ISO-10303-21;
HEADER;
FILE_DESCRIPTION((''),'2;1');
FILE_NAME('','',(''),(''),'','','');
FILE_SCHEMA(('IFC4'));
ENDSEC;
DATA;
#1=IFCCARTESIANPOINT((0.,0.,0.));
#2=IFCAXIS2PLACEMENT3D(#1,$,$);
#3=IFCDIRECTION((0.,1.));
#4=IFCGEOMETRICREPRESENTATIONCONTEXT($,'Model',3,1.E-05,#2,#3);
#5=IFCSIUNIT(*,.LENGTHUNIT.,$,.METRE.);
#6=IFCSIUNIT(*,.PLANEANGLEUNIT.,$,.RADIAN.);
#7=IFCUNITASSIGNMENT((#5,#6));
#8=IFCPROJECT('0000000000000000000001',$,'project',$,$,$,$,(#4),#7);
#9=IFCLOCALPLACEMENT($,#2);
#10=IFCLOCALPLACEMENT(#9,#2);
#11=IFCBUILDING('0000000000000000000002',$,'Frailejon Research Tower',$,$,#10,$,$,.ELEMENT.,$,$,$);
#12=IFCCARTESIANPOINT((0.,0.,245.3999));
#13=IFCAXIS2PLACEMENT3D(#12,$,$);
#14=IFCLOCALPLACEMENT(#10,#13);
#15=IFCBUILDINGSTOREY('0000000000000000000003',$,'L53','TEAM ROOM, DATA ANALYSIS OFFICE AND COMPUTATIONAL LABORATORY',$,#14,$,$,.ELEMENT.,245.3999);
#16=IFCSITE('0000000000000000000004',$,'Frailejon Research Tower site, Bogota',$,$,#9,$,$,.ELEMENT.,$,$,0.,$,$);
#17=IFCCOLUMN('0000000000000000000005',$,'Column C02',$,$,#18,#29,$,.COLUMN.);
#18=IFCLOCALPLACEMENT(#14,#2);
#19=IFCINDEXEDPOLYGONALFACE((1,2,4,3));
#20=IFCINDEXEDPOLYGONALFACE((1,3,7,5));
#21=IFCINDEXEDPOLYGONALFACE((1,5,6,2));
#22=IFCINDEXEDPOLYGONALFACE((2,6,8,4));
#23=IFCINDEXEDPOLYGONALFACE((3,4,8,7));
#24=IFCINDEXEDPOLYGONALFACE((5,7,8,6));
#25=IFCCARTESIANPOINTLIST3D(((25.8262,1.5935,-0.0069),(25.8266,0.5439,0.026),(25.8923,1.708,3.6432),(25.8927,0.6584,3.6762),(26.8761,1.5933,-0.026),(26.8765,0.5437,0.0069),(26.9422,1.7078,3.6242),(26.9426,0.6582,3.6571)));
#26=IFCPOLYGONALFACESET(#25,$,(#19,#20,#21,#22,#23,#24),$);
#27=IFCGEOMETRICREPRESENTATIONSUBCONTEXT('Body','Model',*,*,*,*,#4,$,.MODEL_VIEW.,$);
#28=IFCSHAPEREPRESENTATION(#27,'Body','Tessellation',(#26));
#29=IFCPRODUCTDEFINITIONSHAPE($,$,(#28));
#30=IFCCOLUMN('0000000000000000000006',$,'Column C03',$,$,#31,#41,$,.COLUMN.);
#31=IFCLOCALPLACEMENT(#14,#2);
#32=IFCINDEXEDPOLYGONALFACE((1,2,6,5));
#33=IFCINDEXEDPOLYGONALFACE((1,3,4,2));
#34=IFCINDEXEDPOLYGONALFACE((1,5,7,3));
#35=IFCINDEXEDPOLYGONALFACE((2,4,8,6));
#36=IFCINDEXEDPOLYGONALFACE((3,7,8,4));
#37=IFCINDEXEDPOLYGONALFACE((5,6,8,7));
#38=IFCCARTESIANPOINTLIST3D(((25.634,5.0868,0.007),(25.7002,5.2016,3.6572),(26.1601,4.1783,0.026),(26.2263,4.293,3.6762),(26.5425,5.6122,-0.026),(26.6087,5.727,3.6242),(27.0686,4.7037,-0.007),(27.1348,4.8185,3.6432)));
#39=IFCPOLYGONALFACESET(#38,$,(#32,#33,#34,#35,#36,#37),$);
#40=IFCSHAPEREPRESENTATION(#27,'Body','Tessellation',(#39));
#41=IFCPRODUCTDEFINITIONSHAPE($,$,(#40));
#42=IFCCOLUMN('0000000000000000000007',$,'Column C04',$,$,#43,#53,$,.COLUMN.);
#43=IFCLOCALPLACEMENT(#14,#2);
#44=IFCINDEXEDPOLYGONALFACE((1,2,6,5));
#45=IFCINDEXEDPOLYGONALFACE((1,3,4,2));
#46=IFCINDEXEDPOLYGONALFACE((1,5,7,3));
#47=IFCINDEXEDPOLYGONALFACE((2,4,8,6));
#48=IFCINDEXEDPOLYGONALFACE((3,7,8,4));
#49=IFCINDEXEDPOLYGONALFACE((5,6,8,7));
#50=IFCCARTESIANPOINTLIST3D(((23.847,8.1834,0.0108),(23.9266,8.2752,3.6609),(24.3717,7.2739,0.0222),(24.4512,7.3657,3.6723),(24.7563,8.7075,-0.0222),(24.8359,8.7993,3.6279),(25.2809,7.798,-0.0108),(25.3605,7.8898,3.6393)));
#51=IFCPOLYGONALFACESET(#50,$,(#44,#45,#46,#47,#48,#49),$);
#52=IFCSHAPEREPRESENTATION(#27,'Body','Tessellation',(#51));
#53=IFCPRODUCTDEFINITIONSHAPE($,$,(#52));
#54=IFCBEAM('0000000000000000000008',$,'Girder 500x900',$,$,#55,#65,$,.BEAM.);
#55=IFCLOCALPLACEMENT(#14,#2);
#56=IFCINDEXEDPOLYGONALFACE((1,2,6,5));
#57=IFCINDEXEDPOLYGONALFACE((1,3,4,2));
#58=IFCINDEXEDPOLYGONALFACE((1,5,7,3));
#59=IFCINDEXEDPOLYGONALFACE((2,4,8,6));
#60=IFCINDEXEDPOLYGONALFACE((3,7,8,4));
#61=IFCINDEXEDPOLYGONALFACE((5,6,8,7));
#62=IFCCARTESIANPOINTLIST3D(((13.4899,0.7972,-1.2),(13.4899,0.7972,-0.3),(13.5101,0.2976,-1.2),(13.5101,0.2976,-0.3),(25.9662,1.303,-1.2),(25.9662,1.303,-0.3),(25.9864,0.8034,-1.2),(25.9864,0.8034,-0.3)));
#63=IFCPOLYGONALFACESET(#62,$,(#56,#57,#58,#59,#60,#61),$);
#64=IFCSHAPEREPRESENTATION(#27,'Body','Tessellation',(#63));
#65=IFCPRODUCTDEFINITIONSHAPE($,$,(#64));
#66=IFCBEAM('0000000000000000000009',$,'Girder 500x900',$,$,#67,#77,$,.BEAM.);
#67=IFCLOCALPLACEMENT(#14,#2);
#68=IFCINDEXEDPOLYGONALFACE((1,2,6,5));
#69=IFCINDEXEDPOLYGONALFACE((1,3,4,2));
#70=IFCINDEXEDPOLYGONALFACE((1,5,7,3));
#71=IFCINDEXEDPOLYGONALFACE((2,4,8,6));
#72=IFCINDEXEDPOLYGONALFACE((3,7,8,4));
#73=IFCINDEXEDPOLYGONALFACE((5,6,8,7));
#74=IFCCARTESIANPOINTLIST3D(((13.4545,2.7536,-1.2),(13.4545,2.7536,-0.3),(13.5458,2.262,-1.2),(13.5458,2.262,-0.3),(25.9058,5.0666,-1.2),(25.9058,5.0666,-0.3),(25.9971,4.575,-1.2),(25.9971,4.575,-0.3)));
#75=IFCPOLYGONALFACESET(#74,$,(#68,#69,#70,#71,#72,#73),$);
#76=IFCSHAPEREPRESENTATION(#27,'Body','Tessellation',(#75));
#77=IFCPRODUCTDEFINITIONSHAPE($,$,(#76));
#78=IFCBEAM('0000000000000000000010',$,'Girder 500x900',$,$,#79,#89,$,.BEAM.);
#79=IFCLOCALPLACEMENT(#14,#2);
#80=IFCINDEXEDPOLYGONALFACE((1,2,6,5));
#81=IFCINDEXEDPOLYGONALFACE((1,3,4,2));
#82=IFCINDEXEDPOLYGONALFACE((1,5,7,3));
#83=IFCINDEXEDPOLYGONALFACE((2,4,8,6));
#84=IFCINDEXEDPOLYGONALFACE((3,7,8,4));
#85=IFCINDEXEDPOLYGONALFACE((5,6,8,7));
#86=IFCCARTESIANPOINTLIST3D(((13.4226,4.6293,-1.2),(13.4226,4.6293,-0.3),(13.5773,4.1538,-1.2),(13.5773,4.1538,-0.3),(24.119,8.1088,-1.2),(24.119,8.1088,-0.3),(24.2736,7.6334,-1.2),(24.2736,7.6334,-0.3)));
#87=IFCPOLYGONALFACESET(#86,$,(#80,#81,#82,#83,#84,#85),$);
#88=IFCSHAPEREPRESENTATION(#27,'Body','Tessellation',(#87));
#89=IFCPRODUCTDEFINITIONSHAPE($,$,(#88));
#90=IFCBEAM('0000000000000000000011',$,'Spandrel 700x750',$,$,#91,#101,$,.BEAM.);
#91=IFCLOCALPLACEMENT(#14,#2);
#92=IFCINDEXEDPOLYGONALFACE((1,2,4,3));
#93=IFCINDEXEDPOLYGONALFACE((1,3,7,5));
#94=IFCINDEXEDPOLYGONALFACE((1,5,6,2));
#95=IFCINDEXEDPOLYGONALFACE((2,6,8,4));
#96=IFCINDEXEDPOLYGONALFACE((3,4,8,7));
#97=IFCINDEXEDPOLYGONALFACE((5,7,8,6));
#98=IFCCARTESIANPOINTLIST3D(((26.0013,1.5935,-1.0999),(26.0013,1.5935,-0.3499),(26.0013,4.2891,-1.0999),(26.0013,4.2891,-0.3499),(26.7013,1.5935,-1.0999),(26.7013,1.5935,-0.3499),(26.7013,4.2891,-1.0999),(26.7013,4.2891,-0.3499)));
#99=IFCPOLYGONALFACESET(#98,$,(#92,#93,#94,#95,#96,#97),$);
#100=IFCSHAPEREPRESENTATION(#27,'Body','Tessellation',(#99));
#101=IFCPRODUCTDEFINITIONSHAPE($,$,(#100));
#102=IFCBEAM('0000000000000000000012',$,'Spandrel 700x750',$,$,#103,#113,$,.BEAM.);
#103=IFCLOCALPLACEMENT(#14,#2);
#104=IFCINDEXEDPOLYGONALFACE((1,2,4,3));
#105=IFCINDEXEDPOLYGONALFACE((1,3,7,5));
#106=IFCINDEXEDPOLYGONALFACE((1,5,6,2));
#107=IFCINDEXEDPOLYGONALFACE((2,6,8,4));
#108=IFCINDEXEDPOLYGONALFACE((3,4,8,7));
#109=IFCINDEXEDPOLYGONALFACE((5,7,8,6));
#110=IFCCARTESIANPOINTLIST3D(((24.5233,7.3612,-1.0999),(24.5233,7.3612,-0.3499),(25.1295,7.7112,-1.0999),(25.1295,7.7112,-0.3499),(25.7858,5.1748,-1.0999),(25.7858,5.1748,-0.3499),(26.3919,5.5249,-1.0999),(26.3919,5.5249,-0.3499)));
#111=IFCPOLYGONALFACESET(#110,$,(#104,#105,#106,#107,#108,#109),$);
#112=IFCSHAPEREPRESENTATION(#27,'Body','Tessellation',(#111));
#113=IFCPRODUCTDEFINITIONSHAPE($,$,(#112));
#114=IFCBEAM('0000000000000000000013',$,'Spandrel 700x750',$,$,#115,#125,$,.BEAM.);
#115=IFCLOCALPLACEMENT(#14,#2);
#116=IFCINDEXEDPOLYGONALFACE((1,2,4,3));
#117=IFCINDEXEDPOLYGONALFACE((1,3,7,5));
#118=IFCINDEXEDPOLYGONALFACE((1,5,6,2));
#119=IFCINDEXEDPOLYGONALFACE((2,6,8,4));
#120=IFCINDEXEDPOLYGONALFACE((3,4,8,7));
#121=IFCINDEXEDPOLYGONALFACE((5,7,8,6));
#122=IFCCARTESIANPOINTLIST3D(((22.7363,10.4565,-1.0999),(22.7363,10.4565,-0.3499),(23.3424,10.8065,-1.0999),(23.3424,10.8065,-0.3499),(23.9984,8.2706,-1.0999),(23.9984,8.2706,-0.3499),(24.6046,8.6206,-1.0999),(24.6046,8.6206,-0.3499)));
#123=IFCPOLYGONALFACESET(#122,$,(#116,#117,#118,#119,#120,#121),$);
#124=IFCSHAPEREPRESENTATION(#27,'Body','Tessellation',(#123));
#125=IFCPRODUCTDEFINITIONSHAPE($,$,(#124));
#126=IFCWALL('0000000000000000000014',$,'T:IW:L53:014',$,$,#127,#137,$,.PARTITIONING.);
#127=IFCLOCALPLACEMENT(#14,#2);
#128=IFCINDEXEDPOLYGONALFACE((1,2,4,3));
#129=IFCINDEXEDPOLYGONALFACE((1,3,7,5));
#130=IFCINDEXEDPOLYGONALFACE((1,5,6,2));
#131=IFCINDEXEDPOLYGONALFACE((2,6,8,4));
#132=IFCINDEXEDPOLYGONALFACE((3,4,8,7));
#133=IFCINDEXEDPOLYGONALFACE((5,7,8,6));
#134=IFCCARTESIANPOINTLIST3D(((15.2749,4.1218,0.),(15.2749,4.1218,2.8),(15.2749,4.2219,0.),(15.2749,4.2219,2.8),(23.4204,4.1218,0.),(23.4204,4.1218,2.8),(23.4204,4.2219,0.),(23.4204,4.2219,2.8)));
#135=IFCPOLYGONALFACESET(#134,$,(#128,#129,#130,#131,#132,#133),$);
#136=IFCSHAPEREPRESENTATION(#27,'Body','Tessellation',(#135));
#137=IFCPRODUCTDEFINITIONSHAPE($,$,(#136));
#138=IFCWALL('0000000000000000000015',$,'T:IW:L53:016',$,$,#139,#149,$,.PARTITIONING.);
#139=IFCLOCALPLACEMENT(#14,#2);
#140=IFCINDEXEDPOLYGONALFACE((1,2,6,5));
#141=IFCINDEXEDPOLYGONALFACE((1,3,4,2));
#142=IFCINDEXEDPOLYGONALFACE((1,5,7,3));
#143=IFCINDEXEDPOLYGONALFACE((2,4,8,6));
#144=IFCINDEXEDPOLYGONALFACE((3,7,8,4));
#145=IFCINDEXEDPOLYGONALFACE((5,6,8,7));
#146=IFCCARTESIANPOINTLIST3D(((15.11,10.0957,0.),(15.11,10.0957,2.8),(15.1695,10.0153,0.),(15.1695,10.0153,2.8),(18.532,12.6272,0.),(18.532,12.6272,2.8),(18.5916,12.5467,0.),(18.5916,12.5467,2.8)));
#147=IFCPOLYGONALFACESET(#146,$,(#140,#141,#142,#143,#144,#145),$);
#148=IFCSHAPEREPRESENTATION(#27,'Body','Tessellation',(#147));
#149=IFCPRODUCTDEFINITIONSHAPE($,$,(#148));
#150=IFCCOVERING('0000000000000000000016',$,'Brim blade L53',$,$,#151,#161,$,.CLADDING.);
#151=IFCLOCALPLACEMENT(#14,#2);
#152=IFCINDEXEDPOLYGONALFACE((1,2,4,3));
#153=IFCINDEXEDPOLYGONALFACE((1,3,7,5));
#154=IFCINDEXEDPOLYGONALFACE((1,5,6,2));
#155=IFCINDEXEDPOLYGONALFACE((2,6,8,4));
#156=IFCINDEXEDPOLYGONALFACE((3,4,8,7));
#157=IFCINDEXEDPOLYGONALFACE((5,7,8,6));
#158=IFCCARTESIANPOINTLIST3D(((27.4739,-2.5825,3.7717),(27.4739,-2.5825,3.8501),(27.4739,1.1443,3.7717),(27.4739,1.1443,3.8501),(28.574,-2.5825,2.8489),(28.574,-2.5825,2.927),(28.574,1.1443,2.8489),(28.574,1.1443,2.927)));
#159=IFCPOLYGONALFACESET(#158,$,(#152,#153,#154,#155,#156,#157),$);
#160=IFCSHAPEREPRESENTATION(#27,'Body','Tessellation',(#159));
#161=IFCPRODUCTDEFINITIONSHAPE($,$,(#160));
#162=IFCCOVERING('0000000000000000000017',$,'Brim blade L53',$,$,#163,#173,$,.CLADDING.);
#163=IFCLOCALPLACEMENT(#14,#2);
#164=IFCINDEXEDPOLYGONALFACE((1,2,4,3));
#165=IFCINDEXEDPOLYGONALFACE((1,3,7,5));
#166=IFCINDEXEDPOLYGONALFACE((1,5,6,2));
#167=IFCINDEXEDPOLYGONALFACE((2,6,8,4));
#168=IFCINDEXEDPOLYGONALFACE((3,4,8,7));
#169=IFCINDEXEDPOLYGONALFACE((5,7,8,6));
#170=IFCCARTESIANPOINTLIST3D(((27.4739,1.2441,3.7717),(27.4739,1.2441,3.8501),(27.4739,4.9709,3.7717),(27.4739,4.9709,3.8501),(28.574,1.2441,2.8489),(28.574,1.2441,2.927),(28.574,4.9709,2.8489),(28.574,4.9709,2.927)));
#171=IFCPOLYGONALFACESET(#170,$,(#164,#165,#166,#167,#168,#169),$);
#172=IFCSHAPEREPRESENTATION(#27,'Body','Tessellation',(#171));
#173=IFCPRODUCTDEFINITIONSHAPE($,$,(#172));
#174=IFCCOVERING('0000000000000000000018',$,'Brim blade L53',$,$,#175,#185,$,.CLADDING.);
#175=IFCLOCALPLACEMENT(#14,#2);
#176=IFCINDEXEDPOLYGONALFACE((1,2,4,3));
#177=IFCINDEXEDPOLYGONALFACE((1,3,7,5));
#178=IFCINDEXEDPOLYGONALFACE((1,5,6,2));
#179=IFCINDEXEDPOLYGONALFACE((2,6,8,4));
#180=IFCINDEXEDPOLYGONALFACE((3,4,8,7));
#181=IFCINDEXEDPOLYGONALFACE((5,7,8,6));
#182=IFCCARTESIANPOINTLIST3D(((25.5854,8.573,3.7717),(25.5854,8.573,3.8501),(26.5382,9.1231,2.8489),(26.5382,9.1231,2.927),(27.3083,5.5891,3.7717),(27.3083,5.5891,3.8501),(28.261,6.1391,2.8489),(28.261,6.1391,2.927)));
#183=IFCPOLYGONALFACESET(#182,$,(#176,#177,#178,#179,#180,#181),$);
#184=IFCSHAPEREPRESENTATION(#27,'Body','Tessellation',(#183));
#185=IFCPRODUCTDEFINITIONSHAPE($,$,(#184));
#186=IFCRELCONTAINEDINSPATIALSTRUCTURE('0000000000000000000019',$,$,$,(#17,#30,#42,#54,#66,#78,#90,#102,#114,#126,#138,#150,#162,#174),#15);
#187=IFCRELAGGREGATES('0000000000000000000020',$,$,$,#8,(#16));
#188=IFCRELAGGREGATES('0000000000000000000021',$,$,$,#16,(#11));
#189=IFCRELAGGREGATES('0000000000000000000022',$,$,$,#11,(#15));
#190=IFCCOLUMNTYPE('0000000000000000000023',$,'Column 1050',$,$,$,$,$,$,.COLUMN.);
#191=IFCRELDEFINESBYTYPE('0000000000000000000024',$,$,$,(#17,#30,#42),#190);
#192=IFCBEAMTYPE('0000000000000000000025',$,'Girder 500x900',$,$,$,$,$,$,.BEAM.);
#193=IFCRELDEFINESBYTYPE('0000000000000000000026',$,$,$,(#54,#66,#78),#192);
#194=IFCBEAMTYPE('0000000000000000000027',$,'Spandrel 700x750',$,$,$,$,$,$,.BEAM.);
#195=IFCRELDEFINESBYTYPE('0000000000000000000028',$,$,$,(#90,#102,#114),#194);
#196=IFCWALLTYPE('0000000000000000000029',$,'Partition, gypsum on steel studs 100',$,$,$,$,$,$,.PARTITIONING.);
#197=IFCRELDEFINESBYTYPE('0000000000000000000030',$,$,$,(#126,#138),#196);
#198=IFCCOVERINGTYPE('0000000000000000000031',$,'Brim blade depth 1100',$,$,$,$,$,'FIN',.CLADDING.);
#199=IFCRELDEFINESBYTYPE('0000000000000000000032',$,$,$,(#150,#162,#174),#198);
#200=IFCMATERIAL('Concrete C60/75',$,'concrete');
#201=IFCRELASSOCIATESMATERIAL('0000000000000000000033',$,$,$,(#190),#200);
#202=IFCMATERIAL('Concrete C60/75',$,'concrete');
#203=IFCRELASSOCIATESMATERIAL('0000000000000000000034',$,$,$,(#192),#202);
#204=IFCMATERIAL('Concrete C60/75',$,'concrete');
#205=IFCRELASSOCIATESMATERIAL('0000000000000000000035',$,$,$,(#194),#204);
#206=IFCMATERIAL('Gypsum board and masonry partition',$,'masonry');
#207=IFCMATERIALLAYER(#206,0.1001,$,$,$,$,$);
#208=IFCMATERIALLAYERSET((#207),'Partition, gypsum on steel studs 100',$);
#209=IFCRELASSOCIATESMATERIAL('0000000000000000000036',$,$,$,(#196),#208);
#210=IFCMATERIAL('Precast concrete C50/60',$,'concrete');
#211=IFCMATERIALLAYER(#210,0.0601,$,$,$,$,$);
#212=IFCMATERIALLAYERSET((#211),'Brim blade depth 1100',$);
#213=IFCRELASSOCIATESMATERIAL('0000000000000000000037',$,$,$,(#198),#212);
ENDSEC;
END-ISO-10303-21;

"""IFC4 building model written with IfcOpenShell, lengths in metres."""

from ifc_helpers import new_model, si_unit, direction, frame, frame_2d, origin, origin_2d, place, context, subcontext, project, spatial, polyline, rectangle, outline, extrude, material, layer, layer_set, material_profile, profile_set, type_object, element, save


model = new_model("IFC4")

# Units and contexts
model_context = context("Model", 3, precision=1e-05, world=origin(), true_north=direction((0.0, 1.0)))
body_context = subcontext(model_context, "Body", "Model", "MODEL_VIEW")
ifc_project = project(units=[si_unit("LENGTHUNIT", "METRE"), si_unit("PLANEANGLEUNIT", "RADIAN")], contexts=[model_context])

# Site, building, storey
site_placement = place(None, origin())
site = spatial("IfcSite", under=ifc_project, at=site_placement, Name="Frailejon Research Tower site, Bogota", CompositionType="ELEMENT", RefElevation=0.0)
building_placement = place(site_placement, origin())
building = spatial("IfcBuilding", under=site, at=building_placement, Name="Frailejon Research Tower", CompositionType="ELEMENT")
storey_placement = place(building_placement, frame((0.0, 0.0, 245.3999)))
storey = spatial("IfcBuildingStorey", under=building, at=storey_placement, Name="L53", Description="TEAM ROOM, DATA ANALYSIS OFFICE AND COMPUTATIONAL LABORATORY", CompositionType="ELEMENT", Elevation=245.3999)

# Columns
ifc_material_1 = material(Name="Concrete C60/75", Category="concrete")
ifc_material_profile_1 = material_profile(ifc_material_1, rectangle(XDim=1.05, YDim=1.05, at=origin_2d()), Name="Column 1050")
ifc_profile_set_1 = profile_set([ifc_material_profile_1], Name="Concrete C60/75")
column_type = type_object("IfcColumnType", Name="Column 1050", PredefinedType="COLUMN", material=ifc_profile_set_1)
for number, where, z_axis, x_axis, name in (
    (1, (26.3513, 1.0686, 0.0), (0.018114, 0.031349, 0.999344), (-0.000375, 0.999508, -0.031347), "Column C02"),
    (2, (26.3513, 4.8953, 0.0), (0.018114, 0.031415, 0.999342), (-0.501041, 0.865234, -0.018118), "Column C03"),
):
    element("IfcColumn", number, at=place(storey_placement, frame(where, z_axis=z_axis, x_axis=x_axis)), inside=storey, type_object=column_type, Name=name, PredefinedType="COLUMN", context=body_context, shape_type="SweptSolid", body=[
        extrude(rectangle(XDim=1.05, YDim=1.05, at=origin_2d()), origin(), (0.0, 0.0, 1.0), 3.6526),
    ])
column_placement = place(storey_placement, frame((24.564, 7.9907, 0.0), z_axis=(0.021792, 0.025135, 0.999447), x_axis=(-0.499665, 0.86615, -0.010888)))
element("IfcColumn", 3, at=column_placement, inside=storey, type_object=column_type, Name="Column C04", PredefinedType="COLUMN", context=body_context, shape_type="SweptSolid", body=[
    extrude(rectangle(XDim=1.05, YDim=1.05, at=origin_2d()), origin(), (0.0, 0.0, 1.0), 3.6521),
])

# Beams
ifc_material_2 = material(Name="Concrete C60/75", Category="concrete")
ifc_material_profile_2 = material_profile(ifc_material_2, rectangle(XDim=0.5, YDim=0.8999, at=origin_2d()), Name="Girder 500x900")
ifc_profile_set_2 = profile_set([ifc_material_profile_2], Name="Concrete C60/75")
beam_type_1 = type_object("IfcBeamType", Name="Girder 500x900", PredefinedType="BEAM", material=ifc_profile_set_2)
beam_1_placement = place(storey_placement, frame((25.9763, 1.0532, -0.75), z_axis=(-0.999179, -0.040512, 0.0), x_axis=(0.040512, -0.999179, 0.0)))
element("IfcBeam", 4, at=beam_1_placement, inside=storey, type_object=beam_type_1, Name="Girder 500x900", PredefinedType="BEAM", context=body_context, shape_type="SweptSolid", body=[
    extrude(rectangle(XDim=0.5, YDim=0.8999, at=origin_2d()), origin(), (0.0, 0.0, 1.0), 12.4866),
])
beam_2_placement = place(storey_placement, frame((25.9514, 4.8208, -0.75), z_axis=(-0.98318, -0.182637, 0.0), x_axis=(0.182637, -0.98318, 0.0)))
element("IfcBeam", 5, at=beam_2_placement, inside=storey, type_object=beam_type_1, Name="Girder 500x900", PredefinedType="BEAM", context=body_context, shape_type="SweptSolid", body=[
    extrude(rectangle(XDim=0.5, YDim=0.8999, at=origin_2d()), origin(), (0.0, 0.0, 1.0), 12.6643),
])
beam_3_placement = place(storey_placement, frame((24.1963, 7.8711, -0.75), z_axis=(-0.95095, -0.309343, 0.0), x_axis=(0.309343, -0.95095, 0.0)))
element("IfcBeam", 6, at=beam_3_placement, inside=storey, type_object=beam_type_1, Name="Girder 500x900", PredefinedType="BEAM", context=body_context, shape_type="SweptSolid", body=[
    extrude(rectangle(XDim=0.5, YDim=0.8999, at=origin_2d()), origin(), (0.0, 0.0, 1.0), 11.248),
])
ifc_material_3 = material(Name="Concrete C60/75", Category="concrete")
ifc_material_profile_3 = material_profile(ifc_material_3, rectangle(XDim=0.7, YDim=0.75, at=origin_2d()), Name="Spandrel 700x750")
ifc_profile_set_3 = profile_set([ifc_material_profile_3], Name="Concrete C60/75")
beam_type_2 = type_object("IfcBeamType", Name="Spandrel 700x750", PredefinedType="BEAM", material=ifc_profile_set_3)
beam_4_placement = place(storey_placement, frame((26.3513, 1.5935, -0.7249), z_axis=(0.0, 1.0, 0.0), x_axis=(-1.0, 0.0, 0.0)))
element("IfcBeam", 7, at=beam_4_placement, inside=storey, type_object=beam_type_2, Name="Spandrel 700x750", PredefinedType="BEAM", context=body_context, shape_type="SweptSolid", body=[
    extrude(rectangle(XDim=0.7, YDim=0.75, at=origin_2d()), origin(), (0.0, 0.0, 1.0), 2.6956),
])
beam_5_placement = place(storey_placement, frame((26.0889, 5.3499, -0.7249), z_axis=(-0.50006, 0.865991, 0.0), x_axis=(-0.865991, -0.50006, 0.0)))
element("IfcBeam", 8, at=beam_5_placement, inside=storey, type_object=beam_type_2, Name="Spandrel 700x750", PredefinedType="BEAM", context=body_context, shape_type="SweptSolid", body=[
    extrude(rectangle(XDim=0.7, YDim=0.75, at=origin_2d()), origin(), (0.0, 0.0, 1.0), 2.5247),
])
beam_6_placement = place(storey_placement, frame((24.3015, 8.4456, -0.7249), z_axis=(-0.500029, 0.866008, 0.0), x_axis=(-0.866008, -0.500029, 0.0)))
element("IfcBeam", 9, at=beam_6_placement, inside=storey, type_object=beam_type_2, Name="Spandrel 700x750", PredefinedType="BEAM", context=body_context, shape_type="SweptSolid", body=[
    extrude(rectangle(XDim=0.7, YDim=0.75, at=origin_2d()), origin(), (0.0, 0.0, 1.0), 2.5242),
])

# Walls
ifc_material_4 = material(Name="Gypsum board and masonry partition", Category="masonry")
ifc_layer_1 = layer(ifc_material_4, 0.1001)
ifc_layer_set_1 = layer_set([ifc_layer_1], Name="Partition, gypsum on steel studs 100")
wall_type_1 = type_object("IfcWallType", Name="Partition, gypsum on steel studs 100", PredefinedType="PARTITIONING", material=ifc_layer_set_1)
wall_1_placement = place(storey_placement, frame((15.2749, 4.1719, 0.0), z_axis=(0.0, 0.0, 1.0), x_axis=(1.0, 0.0, 0.0)))
element("IfcWall", 10, at=wall_1_placement, inside=storey, type_object=wall_type_1, Name="T:IW:L53:014", PredefinedType="PARTITIONING", context=body_context, shape_type="SweptSolid", body=[
    extrude(rectangle(XDim=8.1455, YDim=0.1001, at=frame_2d((4.0728, 0.0))), origin(), (0.0, 0.0, 1.0), 2.8),
])
wall_2_placement = place(storey_placement, frame((15.1396, 10.0554, 0.0), z_axis=(0.0, 0.0, 1.0), x_axis=(0.80394, 0.59471, 0.0)))
element("IfcWall", 11, at=wall_2_placement, inside=storey, type_object=wall_type_1, Name="T:IW:L53:016", PredefinedType="PARTITIONING", context=body_context, shape_type="SweptSolid", body=[
    extrude(rectangle(XDim=4.2566, YDim=0.1001, at=frame_2d((2.1284, 0.0))), origin(), (0.0, 0.0, 1.0), 2.8),
])

# Coverings
ifc_material_5 = material(Name="Precast concrete C50/60", Category="concrete")
ifc_layer_2 = layer(ifc_material_5, 0.0601)
ifc_layer_set_2 = layer_set([ifc_layer_2], Name="Brim blade depth 1100")
covering_type = type_object("IfcCoveringType", Name="Brim blade depth 1100", ElementType="FIN", PredefinedType="CLADDING", material=ifc_layer_set_2)
for number, where, z_axis, x_axis, name in (
    (12, (27.4739, 1.1443, 3.8501), (0.0, -1.0, 0.0), (1.0, 0.0, 0.0), "Brim blade L53"),
    (13, (27.4739, 4.9709, 3.8501), (0.0, -1.0, 0.0), (1.0, 0.0, 0.0), "Brim blade L53"),
):
    element("IfcCovering", number, at=place(storey_placement, frame(where, z_axis=z_axis, x_axis=x_axis)), inside=storey, type_object=covering_type, Name=name, PredefinedType="CLADDING", context=body_context, shape_type="SweptSolid", body=[
        extrude(outline(polyline([(0.0, -0.0784), (1.1001, -1.0012), (1.1001, -0.9231), (0.0, 0.0), (0.0, -0.0784)])), origin(), (0.0, 0.0, 1.0), 3.7268),
    ])
covering_placement = place(storey_placement, frame((25.5854, 8.573, 3.8501), z_axis=(0.50001, -0.86602, 0.0), x_axis=(0.86602, 0.50001, 0.0)))
element("IfcCovering", 14, at=covering_placement, inside=storey, type_object=covering_type, Name="Brim blade L53", PredefinedType="CLADDING", context=body_context, shape_type="SweptSolid", body=[
    extrude(outline(polyline([(0.0, -0.0784), (1.1001, -1.0012), (1.1001, -0.9231), (0.0, 0.0), (0.0, -0.0784)])), origin(), (0.0, 0.0, 1.0), 3.4456),
])

save(model, "model.ifc")
